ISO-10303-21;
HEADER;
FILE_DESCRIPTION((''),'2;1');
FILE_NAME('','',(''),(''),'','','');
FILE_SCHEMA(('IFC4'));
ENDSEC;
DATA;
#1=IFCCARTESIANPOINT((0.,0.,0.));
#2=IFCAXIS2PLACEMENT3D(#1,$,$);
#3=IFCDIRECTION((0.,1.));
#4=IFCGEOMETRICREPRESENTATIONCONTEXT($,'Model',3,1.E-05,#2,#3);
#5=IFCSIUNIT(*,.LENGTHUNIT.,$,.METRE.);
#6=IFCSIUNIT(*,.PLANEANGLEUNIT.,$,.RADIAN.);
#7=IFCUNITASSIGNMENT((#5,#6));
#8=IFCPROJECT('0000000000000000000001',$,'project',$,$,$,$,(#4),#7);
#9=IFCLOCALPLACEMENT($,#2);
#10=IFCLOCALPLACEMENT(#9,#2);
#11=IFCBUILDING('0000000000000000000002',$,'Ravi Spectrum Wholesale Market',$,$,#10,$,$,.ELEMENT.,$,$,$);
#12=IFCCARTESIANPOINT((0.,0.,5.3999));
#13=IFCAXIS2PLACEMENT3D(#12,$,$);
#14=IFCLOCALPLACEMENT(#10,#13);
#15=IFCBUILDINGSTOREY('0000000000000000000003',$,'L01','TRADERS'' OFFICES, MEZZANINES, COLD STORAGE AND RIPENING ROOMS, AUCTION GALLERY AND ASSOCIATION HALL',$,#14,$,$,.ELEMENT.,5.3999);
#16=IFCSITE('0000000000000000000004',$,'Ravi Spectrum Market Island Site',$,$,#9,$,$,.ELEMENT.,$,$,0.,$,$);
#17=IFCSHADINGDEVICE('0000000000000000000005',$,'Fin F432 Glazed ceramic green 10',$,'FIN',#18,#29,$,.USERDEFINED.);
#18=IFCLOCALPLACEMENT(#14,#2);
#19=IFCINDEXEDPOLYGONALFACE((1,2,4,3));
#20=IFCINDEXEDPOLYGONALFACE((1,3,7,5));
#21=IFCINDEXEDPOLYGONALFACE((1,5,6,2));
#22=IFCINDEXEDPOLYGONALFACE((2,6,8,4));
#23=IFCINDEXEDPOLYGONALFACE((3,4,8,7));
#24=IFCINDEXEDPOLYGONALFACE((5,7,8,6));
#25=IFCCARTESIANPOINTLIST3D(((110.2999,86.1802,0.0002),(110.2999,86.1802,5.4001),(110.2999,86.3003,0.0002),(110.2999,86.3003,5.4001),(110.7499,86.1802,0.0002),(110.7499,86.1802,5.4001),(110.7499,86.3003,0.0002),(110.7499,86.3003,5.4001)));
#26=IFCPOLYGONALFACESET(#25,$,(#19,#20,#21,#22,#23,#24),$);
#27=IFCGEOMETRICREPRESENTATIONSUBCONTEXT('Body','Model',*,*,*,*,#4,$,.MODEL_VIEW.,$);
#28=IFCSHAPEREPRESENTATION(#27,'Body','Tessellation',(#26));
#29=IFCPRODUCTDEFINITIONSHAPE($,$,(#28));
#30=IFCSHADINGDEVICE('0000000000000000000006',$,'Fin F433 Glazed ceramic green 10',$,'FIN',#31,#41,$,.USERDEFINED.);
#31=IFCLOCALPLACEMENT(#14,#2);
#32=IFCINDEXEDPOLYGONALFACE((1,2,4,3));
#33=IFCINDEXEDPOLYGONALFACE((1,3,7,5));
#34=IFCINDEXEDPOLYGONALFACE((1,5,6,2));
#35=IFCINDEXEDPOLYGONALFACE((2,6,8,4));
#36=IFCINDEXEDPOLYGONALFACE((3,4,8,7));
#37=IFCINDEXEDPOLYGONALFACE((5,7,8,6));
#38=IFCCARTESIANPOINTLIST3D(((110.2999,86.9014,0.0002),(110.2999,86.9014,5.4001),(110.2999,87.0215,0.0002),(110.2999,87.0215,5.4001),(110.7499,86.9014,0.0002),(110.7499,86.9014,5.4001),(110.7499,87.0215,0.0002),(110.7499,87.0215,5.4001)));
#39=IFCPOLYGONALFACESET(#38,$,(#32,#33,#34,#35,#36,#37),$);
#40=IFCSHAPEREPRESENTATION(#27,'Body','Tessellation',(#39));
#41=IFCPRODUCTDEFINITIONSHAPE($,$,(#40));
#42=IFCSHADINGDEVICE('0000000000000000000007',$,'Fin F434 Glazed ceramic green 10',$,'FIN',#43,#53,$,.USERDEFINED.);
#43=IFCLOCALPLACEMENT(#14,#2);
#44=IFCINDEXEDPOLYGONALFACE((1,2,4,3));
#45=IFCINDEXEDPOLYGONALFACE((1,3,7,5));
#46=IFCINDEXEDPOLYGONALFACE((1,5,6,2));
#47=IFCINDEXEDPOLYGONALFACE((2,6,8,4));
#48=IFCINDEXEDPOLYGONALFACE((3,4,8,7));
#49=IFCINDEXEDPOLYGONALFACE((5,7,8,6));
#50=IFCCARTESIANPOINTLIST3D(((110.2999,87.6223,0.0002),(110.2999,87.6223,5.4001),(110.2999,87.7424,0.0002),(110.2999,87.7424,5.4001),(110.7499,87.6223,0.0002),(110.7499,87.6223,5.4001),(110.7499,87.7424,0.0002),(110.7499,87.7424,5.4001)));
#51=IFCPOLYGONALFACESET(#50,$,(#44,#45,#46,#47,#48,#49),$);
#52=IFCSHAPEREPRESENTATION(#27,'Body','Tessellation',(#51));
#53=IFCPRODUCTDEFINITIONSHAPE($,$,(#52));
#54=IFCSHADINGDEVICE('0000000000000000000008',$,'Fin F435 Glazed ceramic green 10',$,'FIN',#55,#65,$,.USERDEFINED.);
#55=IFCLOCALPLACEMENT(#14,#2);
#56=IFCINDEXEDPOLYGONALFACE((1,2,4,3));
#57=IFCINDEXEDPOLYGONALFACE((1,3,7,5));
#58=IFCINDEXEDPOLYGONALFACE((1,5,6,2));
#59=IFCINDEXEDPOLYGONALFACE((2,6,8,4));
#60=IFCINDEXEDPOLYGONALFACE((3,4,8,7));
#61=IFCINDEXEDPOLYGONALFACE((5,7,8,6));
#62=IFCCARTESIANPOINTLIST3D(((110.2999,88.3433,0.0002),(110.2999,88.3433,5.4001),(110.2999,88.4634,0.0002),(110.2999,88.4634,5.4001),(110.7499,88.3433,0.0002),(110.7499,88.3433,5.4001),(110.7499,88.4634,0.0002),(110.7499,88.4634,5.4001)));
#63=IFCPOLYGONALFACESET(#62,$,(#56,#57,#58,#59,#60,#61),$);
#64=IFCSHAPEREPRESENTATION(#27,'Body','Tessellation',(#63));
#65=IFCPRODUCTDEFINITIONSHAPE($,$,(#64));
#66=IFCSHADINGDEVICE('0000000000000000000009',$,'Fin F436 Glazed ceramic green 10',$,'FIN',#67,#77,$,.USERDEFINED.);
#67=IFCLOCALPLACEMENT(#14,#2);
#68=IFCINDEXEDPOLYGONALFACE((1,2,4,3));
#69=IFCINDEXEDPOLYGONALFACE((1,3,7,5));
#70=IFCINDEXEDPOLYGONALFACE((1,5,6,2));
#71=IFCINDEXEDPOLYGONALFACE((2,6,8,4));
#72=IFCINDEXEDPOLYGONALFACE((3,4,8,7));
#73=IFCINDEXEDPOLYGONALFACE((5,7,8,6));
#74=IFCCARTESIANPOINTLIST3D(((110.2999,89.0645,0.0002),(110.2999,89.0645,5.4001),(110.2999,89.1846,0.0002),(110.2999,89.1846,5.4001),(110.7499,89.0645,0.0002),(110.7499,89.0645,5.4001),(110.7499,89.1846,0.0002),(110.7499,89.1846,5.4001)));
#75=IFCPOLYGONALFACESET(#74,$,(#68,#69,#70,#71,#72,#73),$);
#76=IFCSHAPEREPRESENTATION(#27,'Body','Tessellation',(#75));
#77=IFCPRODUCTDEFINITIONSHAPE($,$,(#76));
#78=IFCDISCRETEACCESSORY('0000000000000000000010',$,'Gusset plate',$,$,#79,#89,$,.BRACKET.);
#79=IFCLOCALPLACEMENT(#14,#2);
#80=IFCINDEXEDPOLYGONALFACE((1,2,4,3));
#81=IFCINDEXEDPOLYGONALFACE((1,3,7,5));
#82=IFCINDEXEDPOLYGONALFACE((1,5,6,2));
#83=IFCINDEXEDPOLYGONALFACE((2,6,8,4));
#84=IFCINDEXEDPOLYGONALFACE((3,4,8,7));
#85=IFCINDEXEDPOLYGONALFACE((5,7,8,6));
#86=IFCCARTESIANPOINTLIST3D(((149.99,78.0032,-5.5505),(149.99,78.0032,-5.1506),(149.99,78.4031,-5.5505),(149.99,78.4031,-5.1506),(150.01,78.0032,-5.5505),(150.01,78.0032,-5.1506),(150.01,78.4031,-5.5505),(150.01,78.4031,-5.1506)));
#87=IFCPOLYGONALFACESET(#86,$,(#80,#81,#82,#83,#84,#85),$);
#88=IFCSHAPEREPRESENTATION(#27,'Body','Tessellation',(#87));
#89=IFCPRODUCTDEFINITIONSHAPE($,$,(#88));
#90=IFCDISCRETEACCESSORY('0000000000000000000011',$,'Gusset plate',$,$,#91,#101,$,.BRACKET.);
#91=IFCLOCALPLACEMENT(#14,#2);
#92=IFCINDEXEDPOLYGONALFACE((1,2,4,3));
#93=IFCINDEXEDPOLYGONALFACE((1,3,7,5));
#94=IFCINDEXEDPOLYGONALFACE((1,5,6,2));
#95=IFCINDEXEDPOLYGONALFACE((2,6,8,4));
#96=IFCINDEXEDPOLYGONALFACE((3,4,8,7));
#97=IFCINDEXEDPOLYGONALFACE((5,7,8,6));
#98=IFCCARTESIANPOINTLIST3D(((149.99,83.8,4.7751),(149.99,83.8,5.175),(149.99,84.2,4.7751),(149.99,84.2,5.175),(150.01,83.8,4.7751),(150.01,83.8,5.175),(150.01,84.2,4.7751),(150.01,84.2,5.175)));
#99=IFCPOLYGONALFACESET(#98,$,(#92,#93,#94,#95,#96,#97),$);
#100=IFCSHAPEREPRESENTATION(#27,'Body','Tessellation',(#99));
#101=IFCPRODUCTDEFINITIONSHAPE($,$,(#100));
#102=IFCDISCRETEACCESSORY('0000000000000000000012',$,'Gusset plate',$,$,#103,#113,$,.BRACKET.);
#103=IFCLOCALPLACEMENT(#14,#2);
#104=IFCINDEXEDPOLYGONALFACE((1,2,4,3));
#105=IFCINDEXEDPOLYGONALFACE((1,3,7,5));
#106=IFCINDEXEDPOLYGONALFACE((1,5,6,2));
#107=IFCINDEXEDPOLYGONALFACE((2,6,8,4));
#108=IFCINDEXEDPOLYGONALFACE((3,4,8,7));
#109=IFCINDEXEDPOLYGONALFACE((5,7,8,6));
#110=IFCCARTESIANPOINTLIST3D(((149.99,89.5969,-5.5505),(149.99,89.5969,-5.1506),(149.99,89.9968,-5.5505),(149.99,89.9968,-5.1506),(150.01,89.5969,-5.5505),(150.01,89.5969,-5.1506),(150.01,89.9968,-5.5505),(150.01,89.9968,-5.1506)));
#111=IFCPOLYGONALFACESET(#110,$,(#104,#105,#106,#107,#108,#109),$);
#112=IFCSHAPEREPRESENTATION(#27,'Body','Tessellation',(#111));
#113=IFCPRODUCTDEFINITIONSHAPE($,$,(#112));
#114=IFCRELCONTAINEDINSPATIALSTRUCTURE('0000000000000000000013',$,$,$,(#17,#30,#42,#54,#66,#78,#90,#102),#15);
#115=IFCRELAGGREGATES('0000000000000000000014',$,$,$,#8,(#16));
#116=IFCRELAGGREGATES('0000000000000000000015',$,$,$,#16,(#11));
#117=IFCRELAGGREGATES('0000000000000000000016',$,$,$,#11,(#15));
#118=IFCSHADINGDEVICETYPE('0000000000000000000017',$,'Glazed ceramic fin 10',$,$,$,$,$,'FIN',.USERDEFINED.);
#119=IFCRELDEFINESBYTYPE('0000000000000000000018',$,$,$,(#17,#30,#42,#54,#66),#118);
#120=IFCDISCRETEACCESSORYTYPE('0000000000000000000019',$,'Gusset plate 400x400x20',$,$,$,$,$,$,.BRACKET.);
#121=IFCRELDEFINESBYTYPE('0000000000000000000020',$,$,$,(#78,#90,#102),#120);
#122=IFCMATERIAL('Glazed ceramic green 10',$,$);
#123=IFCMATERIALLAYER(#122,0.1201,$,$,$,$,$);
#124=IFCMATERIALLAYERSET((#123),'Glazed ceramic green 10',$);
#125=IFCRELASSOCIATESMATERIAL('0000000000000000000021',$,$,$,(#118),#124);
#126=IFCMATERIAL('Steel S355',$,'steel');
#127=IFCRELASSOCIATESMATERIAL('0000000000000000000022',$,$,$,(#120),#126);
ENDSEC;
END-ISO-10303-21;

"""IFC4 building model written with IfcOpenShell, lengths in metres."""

from ifc_helpers import new_model, si_unit, direction, frame, origin, origin_2d, place, context, subcontext, project, spatial, rectangle, extrude, material, layer, layer_set, material_profile, profile_set, type_object, element, save


model = new_model("IFC4")

# Units and contexts
model_context = context("Model", 3, precision=1e-05, world=origin(), true_north=direction((0.0, 1.0)))
body_context = subcontext(model_context, "Body", "Model", "MODEL_VIEW")
ifc_project = project(units=[si_unit("LENGTHUNIT", "METRE"), si_unit("PLANEANGLEUNIT", "RADIAN")], contexts=[model_context])

# Site, building, storey
site_placement = place(None, origin())
site = spatial("IfcSite", under=ifc_project, at=site_placement, Name="Ravi Spectrum Market Island Site", CompositionType="ELEMENT", RefElevation=0.0)
building_placement = place(site_placement, origin())
building = spatial("IfcBuilding", under=site, at=building_placement, Name="Ravi Spectrum Wholesale Market", CompositionType="ELEMENT")
storey_placement = place(building_placement, frame((0.0, 0.0, 5.3999)))
storey = spatial("IfcBuildingStorey", under=building, at=storey_placement, Name="L01", Description="TRADERS' OFFICES, MEZZANINES, COLD STORAGE AND RIPENING ROOMS, AUCTION GALLERY AND ASSOCIATION HALL", CompositionType="ELEMENT", Elevation=5.3999)

# Shading devices
ifc_material_1 = material(Name="Glazed ceramic green 10")
ifc_layer_1 = layer(ifc_material_1, 0.1201)
ifc_layer_set_1 = layer_set([ifc_layer_1], Name="Glazed ceramic green 10")
shading_device_type_1 = type_object("IfcShadingDeviceType", Name="Glazed ceramic fin 10", ElementType="FIN", PredefinedType="USERDEFINED", material=ifc_layer_set_1)
for number, where, z_axis, x_axis, name in (
    (1, (110.5249, 86.2402, 0.0002), (0.0, 0.0, 1.0), (0.0, 1.0, 0.0), "Fin F432 Glazed ceramic green 10"),
    (2, (110.5249, 86.9614, 0.0002), (0.0, 0.0, 1.0), (0.0, 1.0, 0.0), "Fin F433 Glazed ceramic green 10"),
    (3, (110.5249, 87.6824, 0.0002), (0.0, 0.0, 1.0), (0.0, 1.0, 0.0), "Fin F434 Glazed ceramic green 10"),
    (4, (110.5249, 88.4033, 0.0002), (0.0, 0.0, 1.0), (0.0, 1.0, 0.0), "Fin F435 Glazed ceramic green 10"),
    (5, (110.5249, 89.1245, 0.0002), (0.0, 0.0, 1.0), (0.0, 1.0, 0.0), "Fin F436 Glazed ceramic green 10"),
):
    element("IfcShadingDevice", number, at=place(storey_placement, frame(where, z_axis=z_axis, x_axis=x_axis)), inside=storey, type_object=shading_device_type_1, Name=name, ObjectType="FIN", PredefinedType="USERDEFINED", context=body_context, shape_type="SweptSolid", body=[
        extrude(rectangle(XDim=0.1201, YDim=0.45, at=origin_2d()), origin(), (0.0, 0.0, 1.0), 5.3999),
    ])

# Discrete accessories
ifc_material_2 = material(Name="Steel S355", Category="steel")
ifc_material_profile_1 = material_profile(ifc_material_2, rectangle(XDim=0.3999, YDim=0.02, at=origin_2d()))
ifc_profile_set_1 = profile_set([ifc_material_profile_1], Name="Steel S355")
discrete_accessory_type = type_object("IfcDiscreteAccessoryType", Name="Gusset plate 400x400x20", PredefinedType="BRACKET", material=ifc_profile_set_1)
for number, where, z_axis, x_axis, name in (
    (6, (150.0, 78.2031, -5.5505), (0.0, 0.0, 1.0), (0.0, 1.0, 0.0), "Gusset plate"),
    (7, (150.0, 84.0, 4.7751), (0.0, 0.0, 1.0), (0.0, 1.0, 0.0), "Gusset plate"),
    (8, (150.0, 89.7969, -5.5505), (0.0, 0.0, 1.0), (0.0, -1.0, 0.0), "Gusset plate"),
):
    element("IfcDiscreteAccessory", number, at=place(storey_placement, frame(where, z_axis=z_axis, x_axis=x_axis)), inside=storey, type_object=discrete_accessory_type, Name=name, PredefinedType="BRACKET", context=body_context, shape_type="SweptSolid", body=[
        extrude(rectangle(XDim=0.3999, YDim=0.02, at=origin_2d()), origin(), (0.0, 0.0, 1.0), 0.3999),
    ])

save(model, "model.ifc")
